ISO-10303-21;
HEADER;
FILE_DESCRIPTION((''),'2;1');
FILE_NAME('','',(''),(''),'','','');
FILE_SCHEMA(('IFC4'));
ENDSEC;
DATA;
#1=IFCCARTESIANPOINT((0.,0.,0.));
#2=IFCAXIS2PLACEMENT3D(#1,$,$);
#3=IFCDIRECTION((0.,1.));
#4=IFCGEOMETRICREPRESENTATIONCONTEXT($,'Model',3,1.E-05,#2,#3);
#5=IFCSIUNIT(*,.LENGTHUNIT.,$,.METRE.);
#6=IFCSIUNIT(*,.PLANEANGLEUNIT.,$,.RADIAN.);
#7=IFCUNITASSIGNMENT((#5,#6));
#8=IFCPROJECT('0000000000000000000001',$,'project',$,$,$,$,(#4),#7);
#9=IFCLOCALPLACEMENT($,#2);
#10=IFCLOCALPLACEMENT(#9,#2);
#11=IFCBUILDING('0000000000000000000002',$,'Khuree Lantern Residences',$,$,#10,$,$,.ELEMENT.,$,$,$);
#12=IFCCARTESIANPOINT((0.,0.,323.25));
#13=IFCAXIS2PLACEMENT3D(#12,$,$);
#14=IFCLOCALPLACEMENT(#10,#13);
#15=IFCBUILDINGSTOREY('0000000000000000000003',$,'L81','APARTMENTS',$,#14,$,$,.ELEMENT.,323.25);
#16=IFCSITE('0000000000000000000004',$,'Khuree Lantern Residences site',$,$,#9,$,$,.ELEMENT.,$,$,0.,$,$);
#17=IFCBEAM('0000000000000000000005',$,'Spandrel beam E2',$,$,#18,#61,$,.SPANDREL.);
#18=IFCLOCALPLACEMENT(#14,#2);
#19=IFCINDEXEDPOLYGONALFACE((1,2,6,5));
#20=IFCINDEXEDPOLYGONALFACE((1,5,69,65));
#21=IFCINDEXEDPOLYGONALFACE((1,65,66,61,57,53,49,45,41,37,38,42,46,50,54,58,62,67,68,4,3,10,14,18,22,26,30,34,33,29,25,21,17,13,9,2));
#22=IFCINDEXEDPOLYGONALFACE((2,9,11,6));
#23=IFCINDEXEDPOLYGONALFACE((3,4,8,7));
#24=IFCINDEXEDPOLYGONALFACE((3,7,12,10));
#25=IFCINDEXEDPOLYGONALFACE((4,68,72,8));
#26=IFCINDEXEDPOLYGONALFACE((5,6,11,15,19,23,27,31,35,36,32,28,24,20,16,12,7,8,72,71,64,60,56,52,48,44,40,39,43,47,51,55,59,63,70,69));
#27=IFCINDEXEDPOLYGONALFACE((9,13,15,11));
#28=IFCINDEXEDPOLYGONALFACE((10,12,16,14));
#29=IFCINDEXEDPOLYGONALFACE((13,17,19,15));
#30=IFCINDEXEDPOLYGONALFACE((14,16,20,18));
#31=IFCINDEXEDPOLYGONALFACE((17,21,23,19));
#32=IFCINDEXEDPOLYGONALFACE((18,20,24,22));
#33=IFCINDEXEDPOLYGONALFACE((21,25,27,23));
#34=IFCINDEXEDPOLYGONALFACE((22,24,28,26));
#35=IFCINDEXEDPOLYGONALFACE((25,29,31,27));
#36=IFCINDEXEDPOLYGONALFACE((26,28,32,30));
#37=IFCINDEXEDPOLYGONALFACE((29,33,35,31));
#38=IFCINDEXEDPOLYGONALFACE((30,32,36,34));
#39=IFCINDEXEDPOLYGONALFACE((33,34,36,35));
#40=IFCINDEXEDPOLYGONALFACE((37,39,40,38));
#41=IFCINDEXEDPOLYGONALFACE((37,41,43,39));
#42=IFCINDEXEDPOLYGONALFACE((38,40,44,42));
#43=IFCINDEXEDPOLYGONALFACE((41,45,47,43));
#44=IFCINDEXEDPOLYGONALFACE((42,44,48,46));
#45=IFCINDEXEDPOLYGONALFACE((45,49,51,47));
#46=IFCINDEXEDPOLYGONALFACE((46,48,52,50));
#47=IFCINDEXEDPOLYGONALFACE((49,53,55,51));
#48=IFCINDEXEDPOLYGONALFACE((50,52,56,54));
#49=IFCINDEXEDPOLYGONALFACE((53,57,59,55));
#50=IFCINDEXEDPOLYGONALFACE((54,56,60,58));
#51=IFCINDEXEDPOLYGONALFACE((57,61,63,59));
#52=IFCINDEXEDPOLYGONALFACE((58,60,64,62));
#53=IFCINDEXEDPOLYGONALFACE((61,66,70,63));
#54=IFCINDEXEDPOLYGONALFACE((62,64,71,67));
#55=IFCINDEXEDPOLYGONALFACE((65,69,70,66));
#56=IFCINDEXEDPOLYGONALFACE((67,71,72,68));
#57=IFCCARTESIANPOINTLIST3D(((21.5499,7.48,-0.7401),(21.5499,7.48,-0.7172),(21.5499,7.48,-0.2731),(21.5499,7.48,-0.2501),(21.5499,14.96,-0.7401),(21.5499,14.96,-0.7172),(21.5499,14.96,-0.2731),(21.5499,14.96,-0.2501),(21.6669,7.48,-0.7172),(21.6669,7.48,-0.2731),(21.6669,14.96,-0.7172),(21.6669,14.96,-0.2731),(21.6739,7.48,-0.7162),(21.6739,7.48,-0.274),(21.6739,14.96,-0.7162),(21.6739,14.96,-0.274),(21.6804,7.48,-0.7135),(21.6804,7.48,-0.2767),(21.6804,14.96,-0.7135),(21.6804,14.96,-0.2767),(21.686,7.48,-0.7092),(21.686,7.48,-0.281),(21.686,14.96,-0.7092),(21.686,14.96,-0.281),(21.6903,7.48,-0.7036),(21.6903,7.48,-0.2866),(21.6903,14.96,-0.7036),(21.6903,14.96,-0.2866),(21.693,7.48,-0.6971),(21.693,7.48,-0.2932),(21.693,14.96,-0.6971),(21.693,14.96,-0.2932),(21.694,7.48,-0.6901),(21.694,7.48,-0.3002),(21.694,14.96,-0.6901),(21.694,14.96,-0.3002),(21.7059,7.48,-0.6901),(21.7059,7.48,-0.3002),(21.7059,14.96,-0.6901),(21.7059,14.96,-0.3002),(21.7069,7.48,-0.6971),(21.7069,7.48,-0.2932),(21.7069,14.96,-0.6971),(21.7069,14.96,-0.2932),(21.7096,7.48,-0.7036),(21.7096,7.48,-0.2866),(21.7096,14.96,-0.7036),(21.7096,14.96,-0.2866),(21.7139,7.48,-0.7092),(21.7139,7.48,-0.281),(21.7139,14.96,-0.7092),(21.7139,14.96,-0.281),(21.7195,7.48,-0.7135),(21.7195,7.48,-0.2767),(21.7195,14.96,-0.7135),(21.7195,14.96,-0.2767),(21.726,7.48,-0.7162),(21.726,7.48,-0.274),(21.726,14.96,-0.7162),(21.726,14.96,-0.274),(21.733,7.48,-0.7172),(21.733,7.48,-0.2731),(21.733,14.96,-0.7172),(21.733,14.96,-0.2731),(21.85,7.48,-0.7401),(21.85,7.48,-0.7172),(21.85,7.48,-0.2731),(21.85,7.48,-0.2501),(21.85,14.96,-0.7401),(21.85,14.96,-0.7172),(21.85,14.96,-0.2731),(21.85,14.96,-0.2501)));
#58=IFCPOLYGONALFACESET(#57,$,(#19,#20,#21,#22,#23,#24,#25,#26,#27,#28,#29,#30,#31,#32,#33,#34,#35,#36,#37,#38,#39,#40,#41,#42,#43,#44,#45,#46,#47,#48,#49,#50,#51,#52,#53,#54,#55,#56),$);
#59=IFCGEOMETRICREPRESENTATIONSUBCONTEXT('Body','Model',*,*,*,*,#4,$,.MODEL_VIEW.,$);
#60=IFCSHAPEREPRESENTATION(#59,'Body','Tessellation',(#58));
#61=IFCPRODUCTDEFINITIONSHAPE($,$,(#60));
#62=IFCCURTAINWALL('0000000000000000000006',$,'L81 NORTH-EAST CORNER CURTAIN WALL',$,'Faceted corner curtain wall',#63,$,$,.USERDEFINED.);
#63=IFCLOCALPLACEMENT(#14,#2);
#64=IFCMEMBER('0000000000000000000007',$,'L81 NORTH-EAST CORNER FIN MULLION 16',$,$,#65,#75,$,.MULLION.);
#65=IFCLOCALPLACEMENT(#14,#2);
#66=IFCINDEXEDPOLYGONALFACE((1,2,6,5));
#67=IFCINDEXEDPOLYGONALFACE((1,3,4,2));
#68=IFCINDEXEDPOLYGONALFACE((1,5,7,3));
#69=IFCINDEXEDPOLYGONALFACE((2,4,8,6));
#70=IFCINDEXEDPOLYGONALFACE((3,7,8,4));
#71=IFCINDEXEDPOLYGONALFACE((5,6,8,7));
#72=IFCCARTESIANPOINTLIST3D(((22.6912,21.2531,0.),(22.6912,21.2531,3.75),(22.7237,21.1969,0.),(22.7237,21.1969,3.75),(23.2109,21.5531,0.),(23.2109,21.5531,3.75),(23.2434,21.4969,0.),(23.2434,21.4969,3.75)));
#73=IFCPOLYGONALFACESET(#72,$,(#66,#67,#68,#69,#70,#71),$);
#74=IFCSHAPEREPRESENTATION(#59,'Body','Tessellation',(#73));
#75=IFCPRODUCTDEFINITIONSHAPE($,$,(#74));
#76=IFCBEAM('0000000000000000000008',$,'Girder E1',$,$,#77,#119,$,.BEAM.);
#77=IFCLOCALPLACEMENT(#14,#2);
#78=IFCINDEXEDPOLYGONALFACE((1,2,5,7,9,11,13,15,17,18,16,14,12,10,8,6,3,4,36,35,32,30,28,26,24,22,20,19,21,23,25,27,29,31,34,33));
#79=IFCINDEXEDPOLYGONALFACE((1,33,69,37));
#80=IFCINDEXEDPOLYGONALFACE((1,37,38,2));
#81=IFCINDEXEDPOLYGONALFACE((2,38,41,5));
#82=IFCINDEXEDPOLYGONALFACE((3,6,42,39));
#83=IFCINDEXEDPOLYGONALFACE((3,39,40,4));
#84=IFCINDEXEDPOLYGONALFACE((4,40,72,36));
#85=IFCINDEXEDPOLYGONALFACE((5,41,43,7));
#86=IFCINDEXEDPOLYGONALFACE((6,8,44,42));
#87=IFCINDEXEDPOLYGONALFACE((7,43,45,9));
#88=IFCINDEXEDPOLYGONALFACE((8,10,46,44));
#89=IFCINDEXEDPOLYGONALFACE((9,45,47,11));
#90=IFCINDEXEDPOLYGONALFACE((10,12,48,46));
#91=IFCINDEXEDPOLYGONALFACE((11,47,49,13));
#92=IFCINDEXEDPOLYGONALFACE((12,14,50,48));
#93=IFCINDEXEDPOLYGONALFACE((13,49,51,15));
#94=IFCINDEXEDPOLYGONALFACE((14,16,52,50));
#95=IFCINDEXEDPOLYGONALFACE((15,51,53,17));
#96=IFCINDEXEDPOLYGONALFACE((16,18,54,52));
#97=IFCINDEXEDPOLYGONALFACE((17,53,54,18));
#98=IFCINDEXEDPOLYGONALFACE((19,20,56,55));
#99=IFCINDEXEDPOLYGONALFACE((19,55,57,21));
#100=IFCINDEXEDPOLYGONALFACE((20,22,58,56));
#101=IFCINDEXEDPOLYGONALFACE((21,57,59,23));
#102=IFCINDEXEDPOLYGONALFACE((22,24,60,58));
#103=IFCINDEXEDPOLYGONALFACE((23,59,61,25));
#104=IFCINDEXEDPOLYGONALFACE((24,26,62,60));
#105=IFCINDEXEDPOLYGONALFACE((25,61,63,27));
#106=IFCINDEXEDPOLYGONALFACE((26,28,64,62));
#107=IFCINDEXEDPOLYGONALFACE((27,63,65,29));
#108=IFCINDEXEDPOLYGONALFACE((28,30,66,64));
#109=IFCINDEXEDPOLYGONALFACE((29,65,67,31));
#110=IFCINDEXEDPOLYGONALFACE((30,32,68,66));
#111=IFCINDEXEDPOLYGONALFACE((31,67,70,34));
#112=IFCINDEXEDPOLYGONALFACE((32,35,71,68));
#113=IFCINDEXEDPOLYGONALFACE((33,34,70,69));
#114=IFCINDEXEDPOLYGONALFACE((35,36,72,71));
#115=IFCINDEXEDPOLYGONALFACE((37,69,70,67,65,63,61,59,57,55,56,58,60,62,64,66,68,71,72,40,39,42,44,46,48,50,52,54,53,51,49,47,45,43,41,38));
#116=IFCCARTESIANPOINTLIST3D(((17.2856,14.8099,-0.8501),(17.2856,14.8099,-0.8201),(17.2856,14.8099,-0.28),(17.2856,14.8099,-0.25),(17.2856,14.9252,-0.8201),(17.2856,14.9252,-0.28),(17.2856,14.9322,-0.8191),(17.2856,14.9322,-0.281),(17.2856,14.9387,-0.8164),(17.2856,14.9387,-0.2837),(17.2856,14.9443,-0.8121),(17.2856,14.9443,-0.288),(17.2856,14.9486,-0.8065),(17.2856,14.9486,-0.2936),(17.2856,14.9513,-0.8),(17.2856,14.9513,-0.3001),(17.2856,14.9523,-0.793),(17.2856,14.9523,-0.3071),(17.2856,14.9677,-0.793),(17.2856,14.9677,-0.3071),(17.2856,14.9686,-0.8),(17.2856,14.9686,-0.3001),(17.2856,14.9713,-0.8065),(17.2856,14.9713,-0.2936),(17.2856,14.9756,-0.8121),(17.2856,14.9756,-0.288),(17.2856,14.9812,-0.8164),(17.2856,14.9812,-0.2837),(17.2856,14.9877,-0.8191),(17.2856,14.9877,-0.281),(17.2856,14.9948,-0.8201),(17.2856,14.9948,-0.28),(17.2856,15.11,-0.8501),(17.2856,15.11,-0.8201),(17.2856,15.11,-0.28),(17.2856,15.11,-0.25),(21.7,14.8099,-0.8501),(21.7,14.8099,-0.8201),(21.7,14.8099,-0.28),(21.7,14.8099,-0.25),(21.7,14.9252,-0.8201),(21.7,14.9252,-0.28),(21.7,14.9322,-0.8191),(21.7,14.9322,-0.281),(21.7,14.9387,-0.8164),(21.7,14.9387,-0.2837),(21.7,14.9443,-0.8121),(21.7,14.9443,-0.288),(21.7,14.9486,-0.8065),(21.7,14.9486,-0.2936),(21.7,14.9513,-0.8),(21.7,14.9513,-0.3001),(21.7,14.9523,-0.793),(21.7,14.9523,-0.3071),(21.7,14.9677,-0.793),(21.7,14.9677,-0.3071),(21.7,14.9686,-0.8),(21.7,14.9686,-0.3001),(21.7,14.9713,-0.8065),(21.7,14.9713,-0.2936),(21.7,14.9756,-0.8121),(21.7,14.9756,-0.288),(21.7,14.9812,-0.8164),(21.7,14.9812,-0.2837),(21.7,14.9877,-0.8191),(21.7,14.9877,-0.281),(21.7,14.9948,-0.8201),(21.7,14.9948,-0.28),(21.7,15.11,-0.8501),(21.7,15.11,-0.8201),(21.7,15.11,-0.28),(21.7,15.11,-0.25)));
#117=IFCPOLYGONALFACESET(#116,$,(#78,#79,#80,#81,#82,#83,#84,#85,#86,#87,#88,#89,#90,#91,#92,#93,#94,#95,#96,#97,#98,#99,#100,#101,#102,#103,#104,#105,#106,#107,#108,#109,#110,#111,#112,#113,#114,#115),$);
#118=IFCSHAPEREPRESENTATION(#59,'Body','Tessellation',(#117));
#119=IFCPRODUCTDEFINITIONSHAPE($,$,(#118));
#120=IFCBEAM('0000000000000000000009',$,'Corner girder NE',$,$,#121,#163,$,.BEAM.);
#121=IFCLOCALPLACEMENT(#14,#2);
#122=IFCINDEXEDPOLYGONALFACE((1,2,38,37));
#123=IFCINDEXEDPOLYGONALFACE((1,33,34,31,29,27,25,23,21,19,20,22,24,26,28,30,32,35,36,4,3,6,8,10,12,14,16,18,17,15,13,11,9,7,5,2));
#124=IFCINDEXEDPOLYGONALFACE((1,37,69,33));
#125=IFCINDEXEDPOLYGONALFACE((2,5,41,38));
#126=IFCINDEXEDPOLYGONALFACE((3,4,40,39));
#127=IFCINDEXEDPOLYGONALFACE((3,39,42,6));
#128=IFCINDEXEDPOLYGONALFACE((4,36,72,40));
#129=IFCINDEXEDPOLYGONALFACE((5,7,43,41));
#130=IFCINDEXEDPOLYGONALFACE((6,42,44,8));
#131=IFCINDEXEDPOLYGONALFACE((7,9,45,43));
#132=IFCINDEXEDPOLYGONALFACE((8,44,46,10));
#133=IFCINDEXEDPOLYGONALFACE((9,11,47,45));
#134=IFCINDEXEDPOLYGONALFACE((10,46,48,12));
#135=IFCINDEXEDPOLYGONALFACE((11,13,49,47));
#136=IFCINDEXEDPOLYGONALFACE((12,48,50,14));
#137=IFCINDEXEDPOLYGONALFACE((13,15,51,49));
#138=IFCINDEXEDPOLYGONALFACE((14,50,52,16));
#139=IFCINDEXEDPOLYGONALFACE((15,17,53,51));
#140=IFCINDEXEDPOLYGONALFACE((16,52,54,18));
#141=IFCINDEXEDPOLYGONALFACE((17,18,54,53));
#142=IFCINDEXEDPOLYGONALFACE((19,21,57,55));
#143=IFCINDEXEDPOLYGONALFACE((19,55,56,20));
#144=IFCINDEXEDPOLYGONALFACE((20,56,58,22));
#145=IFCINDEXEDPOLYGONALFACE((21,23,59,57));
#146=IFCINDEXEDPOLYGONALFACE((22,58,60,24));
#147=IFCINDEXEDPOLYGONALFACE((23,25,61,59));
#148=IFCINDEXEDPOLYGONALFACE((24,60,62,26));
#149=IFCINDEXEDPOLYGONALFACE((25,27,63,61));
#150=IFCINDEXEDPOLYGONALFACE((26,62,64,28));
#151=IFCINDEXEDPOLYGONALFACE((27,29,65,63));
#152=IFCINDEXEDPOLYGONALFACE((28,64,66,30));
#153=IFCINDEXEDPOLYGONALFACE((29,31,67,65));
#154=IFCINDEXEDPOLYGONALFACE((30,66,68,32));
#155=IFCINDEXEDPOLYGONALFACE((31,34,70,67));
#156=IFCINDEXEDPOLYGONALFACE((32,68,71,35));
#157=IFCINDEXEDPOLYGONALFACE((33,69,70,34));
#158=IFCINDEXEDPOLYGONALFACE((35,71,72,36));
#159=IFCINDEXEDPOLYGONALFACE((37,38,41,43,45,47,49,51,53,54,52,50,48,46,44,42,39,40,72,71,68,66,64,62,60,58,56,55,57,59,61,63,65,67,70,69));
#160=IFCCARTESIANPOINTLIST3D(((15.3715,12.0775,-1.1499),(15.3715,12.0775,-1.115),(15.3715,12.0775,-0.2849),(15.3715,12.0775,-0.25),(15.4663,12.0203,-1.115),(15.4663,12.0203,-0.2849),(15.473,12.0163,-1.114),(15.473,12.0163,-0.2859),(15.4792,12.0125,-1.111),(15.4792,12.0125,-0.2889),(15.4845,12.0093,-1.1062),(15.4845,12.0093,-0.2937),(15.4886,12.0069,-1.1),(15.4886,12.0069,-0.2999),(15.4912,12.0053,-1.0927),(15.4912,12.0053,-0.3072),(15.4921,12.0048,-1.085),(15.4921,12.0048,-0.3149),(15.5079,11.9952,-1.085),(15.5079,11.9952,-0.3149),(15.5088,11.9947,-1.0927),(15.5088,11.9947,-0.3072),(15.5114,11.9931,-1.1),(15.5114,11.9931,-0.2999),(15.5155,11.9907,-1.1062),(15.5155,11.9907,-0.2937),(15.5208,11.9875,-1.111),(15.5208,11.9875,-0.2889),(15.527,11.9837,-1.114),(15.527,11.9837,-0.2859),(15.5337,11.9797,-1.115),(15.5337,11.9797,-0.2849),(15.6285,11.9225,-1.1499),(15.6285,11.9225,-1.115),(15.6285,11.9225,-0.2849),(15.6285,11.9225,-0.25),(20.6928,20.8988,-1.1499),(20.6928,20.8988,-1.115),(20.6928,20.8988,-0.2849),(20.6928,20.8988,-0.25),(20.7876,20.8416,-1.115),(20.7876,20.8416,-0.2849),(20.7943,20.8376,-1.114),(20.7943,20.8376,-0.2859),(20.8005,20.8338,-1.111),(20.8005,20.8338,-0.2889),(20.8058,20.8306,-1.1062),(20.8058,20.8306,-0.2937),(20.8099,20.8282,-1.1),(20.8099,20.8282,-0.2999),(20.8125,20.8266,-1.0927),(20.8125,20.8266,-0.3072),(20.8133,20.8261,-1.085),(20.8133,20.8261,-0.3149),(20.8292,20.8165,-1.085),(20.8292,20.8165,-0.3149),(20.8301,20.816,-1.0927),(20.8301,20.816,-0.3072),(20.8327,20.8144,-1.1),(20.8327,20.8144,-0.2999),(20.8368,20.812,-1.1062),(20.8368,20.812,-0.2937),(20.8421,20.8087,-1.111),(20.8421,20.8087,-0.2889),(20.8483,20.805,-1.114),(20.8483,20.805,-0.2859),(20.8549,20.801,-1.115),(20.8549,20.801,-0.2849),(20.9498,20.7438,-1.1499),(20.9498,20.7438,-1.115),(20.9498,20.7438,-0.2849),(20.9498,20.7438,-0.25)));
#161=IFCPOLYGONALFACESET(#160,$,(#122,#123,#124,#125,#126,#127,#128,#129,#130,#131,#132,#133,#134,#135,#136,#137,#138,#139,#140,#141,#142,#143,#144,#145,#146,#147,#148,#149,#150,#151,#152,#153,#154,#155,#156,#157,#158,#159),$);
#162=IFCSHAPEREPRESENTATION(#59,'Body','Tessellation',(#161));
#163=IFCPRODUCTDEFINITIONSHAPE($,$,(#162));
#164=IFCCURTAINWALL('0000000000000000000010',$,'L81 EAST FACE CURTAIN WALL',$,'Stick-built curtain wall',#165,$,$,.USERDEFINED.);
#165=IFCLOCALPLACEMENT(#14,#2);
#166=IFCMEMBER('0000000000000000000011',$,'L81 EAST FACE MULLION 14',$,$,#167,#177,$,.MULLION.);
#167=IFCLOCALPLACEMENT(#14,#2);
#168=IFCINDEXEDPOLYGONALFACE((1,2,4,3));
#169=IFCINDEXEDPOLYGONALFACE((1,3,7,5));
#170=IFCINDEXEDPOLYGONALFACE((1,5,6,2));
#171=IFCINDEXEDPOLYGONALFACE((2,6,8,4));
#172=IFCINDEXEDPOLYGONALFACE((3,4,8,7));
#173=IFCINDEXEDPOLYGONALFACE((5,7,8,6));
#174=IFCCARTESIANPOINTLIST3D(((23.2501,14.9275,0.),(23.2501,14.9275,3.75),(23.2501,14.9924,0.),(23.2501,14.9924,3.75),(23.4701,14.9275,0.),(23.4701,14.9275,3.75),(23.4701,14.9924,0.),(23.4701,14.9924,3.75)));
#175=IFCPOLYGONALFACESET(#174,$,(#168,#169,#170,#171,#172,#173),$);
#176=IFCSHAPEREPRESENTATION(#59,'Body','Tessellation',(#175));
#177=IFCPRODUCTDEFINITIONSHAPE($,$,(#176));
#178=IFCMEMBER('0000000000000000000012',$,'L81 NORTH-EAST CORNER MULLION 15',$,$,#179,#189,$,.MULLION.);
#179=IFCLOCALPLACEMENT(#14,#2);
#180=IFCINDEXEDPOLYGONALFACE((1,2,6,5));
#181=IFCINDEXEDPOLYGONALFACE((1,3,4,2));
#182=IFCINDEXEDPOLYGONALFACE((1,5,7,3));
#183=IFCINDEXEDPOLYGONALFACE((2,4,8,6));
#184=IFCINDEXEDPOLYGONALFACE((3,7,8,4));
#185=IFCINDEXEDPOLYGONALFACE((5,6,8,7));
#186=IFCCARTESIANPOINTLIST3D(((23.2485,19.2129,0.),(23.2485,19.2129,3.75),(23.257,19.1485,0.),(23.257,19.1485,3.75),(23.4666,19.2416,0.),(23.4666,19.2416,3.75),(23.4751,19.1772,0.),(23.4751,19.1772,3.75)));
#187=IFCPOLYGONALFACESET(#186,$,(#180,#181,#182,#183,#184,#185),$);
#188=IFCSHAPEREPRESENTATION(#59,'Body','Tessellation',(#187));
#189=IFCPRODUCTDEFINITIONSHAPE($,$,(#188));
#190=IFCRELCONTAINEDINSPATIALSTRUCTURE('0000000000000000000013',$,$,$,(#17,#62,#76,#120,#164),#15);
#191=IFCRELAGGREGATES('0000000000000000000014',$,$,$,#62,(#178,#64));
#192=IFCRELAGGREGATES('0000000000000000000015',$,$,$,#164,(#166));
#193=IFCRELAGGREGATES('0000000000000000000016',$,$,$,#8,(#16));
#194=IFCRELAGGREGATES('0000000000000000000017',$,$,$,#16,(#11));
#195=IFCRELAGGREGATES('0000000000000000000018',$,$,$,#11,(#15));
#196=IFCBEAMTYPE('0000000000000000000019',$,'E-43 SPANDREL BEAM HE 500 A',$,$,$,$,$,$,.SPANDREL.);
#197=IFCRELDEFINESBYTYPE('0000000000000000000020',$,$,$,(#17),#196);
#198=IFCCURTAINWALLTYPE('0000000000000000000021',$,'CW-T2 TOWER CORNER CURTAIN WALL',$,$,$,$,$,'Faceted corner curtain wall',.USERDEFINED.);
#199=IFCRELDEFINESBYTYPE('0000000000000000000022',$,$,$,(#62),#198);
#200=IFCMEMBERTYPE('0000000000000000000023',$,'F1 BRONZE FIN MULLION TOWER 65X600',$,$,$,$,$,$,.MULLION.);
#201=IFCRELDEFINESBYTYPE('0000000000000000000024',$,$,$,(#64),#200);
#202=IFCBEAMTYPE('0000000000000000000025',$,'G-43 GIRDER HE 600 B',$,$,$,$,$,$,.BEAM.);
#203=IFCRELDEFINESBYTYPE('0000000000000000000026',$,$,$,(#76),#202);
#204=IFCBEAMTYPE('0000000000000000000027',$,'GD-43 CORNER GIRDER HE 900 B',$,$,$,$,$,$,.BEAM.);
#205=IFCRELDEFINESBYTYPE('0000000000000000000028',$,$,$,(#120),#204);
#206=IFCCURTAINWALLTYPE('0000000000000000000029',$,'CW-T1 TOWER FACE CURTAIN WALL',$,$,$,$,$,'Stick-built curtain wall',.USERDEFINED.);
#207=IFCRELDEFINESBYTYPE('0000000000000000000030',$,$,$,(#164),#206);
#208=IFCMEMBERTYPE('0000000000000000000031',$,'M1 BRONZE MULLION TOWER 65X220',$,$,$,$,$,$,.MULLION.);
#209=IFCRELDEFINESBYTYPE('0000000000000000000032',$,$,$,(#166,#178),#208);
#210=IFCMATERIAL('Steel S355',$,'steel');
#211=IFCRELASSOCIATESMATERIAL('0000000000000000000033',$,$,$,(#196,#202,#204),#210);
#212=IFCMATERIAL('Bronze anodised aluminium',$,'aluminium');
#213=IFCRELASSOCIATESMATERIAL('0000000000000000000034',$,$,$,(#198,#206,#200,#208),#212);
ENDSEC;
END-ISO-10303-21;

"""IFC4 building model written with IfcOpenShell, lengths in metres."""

from ifc_helpers import new_model, si_unit, direction, frame, origin, origin_2d, place, context, subcontext, project, spatial, rectangle, i_section, extrude, material, material_profile, profile_set, type_object, element, aggregate, save


model = new_model("IFC4")

# Units and contexts
model_context = context("Model", 3, precision=1e-05, world=origin(), true_north=direction((0.0, 1.0)))
body_context = subcontext(model_context, "Body", "Model", "MODEL_VIEW")
ifc_project = project(units=[si_unit("LENGTHUNIT", "METRE"), si_unit("PLANEANGLEUNIT", "RADIAN")], contexts=[model_context])

# Site, building, storey
site_placement = place(None, origin())
site = spatial("IfcSite", under=ifc_project, at=site_placement, Name="Khuree Lantern Residences site", CompositionType="ELEMENT", RefElevation=0.0)
building_placement = place(site_placement, origin())
building = spatial("IfcBuilding", under=site, at=building_placement, Name="Khuree Lantern Residences", CompositionType="ELEMENT")
storey_placement = place(building_placement, frame((0.0, 0.0, 323.25)))
storey = spatial("IfcBuildingStorey", under=building, at=storey_placement, Name="L81", Description="APARTMENTS", CompositionType="ELEMENT", Elevation=323.25)

# Beam
ifc_material_1 = material(Name="Steel S355", Category="steel")
ifc_material_profile_1 = material_profile(ifc_material_1, i_section(OverallWidth=0.3, OverallDepth=0.49, WebThickness=0.012, FlangeThickness=0.0229, FilletRadius=0.0271, at=origin_2d()), Name="HE 500 A")
ifc_profile_set_1 = profile_set([ifc_material_profile_1], Name="Steel S355")
beam_type_1 = type_object("IfcBeamType", Name="E-43 SPANDREL BEAM HE 500 A", PredefinedType="SPANDREL", material=ifc_profile_set_1)
beam_1_placement = place(storey_placement, frame((21.7, 14.96, -0.4951), z_axis=(0.0, -1.0, 0.0), x_axis=(1.0, 0.0, 0.0)))
element("IfcBeam", 1, at=beam_1_placement, inside=storey, type_object=beam_type_1, Name="Spandrel beam E2", PredefinedType="SPANDREL", context=body_context, shape_type="SweptSolid", body=[
    extrude(i_section(OverallWidth=0.3, OverallDepth=0.49, WebThickness=0.012, FlangeThickness=0.0229, FilletRadius=0.0271, at=origin_2d()), origin(), (0.0, 0.0, 1.0), 7.48),
])

# Curtain wall, member
ifc_material_2 = material(Name="Bronze anodised aluminium", Category="aluminium")
curtain_wall_type_1 = type_object("IfcCurtainWallType", Name="CW-T2 TOWER CORNER CURTAIN WALL", ElementType="Faceted corner curtain wall", PredefinedType="USERDEFINED", material=ifc_material_2)
curtain_wall_1_placement = place(storey_placement, origin())
curtain_wall_1 = element("IfcCurtainWall", 2, at=curtain_wall_1_placement, inside=storey, type_object=curtain_wall_type_1, Name="L81 NORTH-EAST CORNER CURTAIN WALL", ObjectType="Faceted corner curtain wall", PredefinedType="USERDEFINED")
ifc_material_profile_2 = material_profile(ifc_material_2, rectangle(XDim=0.0649, YDim=0.6001, at=origin_2d()), Name="F1 65X600")
ifc_profile_set_2 = profile_set([ifc_material_profile_2], Name="Bronze anodised aluminium")
member_type_1 = type_object("IfcMemberType", Name="F1 BRONZE FIN MULLION TOWER 65X600", PredefinedType="MULLION", material=ifc_profile_set_2)
member_1_placement = place(storey_placement, frame((22.9673, 21.375, 0.0), z_axis=(0.0, 0.0, 1.0), x_axis=(-0.5, 0.866025, 0.0)))
member_1 = element("IfcMember", 3, at=member_1_placement, type_object=member_type_1, Name="L81 NORTH-EAST CORNER FIN MULLION 16", PredefinedType="MULLION", context=body_context, shape_type="SweptSolid", body=[
    extrude(rectangle(XDim=0.0649, YDim=0.6001, at=origin_2d()), origin(), (0.0, 0.0, 1.0), 3.75),
])

# Beams
ifc_material_profile_3 = material_profile(ifc_material_1, i_section(OverallWidth=0.3, OverallDepth=0.6001, WebThickness=0.0154, FlangeThickness=0.03, FilletRadius=0.0271, at=origin_2d()), Name="HE 600 B")
ifc_profile_set_3 = profile_set([ifc_material_profile_3], Name="Steel S355")
beam_type_2 = type_object("IfcBeamType", Name="G-43 GIRDER HE 600 B", PredefinedType="BEAM", material=ifc_profile_set_3)
beam_2_placement = place(storey_placement, frame((21.7, 14.96, -0.55), z_axis=(-1.0, 0.0, 0.0), x_axis=(0.0, -1.0, 0.0)))
element("IfcBeam", 4, at=beam_2_placement, inside=storey, type_object=beam_type_2, Name="Girder E1", PredefinedType="BEAM", context=body_context, shape_type="SweptSolid", body=[
    extrude(i_section(OverallWidth=0.3, OverallDepth=0.6001, WebThickness=0.0154, FlangeThickness=0.03, FilletRadius=0.0271, at=origin_2d()), origin(), (0.0, 0.0, 1.0), 4.4143),
])
ifc_material_profile_4 = material_profile(ifc_material_1, i_section(OverallWidth=0.3, OverallDepth=0.8999, WebThickness=0.0186, FlangeThickness=0.0349, FilletRadius=0.03, at=origin_2d()), Name="HE 900 B")
ifc_profile_set_4 = profile_set([ifc_material_profile_4], Name="Steel S355")
beam_type_3 = type_object("IfcBeamType", Name="GD-43 CORNER GIRDER HE 900 B", PredefinedType="BEAM", material=ifc_profile_set_4)
beam_3_placement = place(storey_placement, frame((20.8213, 20.8213, -0.7), z_axis=(-0.51653, -0.856269, 0.0), x_axis=(0.856269, -0.51653, 0.0)))
element("IfcBeam", 5, at=beam_3_placement, inside=storey, type_object=beam_type_3, Name="Corner girder NE", PredefinedType="BEAM", context=body_context, shape_type="SweptSolid", body=[
    extrude(i_section(OverallWidth=0.3, OverallDepth=0.8999, WebThickness=0.0186, FlangeThickness=0.0349, FilletRadius=0.03, at=origin_2d()), origin(), (0.0, 0.0, 1.0), 10.302),
])

# Curtain wall, member
curtain_wall_type_2 = type_object("IfcCurtainWallType", Name="CW-T1 TOWER FACE CURTAIN WALL", ElementType="Stick-built curtain wall", PredefinedType="USERDEFINED", material=ifc_material_2)
curtain_wall_2_placement = place(storey_placement, origin())
curtain_wall_2 = element("IfcCurtainWall", 6, at=curtain_wall_2_placement, inside=storey, type_object=curtain_wall_type_2, Name="L81 EAST FACE CURTAIN WALL", ObjectType="Stick-built curtain wall", PredefinedType="USERDEFINED")
ifc_material_profile_5 = material_profile(ifc_material_2, rectangle(XDim=0.0649, YDim=0.22, at=origin_2d()), Name="M1 65X220")
ifc_profile_set_5 = profile_set([ifc_material_profile_5], Name="Bronze anodised aluminium")
member_type_2 = type_object("IfcMemberType", Name="M1 BRONZE MULLION TOWER 65X220", PredefinedType="MULLION", material=ifc_profile_set_5)
member_2_placement = place(storey_placement, frame((23.3601, 14.96, 0.0), z_axis=(0.0, 0.0, 1.0), x_axis=(0.0, 1.0, 0.0)))
member_2 = element("IfcMember", 7, at=member_2_placement, type_object=member_type_2, Name="L81 EAST FACE MULLION 14", PredefinedType="MULLION", context=body_context, shape_type="SweptSolid", body=[
    extrude(rectangle(XDim=0.0649, YDim=0.22, at=origin_2d()), origin(), (0.0, 0.0, 1.0), 3.75),
])

# Member
member_3_placement = place(storey_placement, frame((23.3618, 19.1951, 0.0), z_axis=(0.0, 0.0, 1.0), x_axis=(-0.130526, 0.991445, 0.0)))
member_3 = element("IfcMember", 8, at=member_3_placement, type_object=member_type_2, Name="L81 NORTH-EAST CORNER MULLION 15", PredefinedType="MULLION", context=body_context, shape_type="SweptSolid", body=[
    extrude(rectangle(XDim=0.0649, YDim=0.22, at=origin_2d()), origin(), (0.0, 0.0, 1.0), 3.75),
])

aggregate(curtain_wall_1, [member_3, member_1])
aggregate(curtain_wall_2, [member_2])

save(model, "model.ifc")
